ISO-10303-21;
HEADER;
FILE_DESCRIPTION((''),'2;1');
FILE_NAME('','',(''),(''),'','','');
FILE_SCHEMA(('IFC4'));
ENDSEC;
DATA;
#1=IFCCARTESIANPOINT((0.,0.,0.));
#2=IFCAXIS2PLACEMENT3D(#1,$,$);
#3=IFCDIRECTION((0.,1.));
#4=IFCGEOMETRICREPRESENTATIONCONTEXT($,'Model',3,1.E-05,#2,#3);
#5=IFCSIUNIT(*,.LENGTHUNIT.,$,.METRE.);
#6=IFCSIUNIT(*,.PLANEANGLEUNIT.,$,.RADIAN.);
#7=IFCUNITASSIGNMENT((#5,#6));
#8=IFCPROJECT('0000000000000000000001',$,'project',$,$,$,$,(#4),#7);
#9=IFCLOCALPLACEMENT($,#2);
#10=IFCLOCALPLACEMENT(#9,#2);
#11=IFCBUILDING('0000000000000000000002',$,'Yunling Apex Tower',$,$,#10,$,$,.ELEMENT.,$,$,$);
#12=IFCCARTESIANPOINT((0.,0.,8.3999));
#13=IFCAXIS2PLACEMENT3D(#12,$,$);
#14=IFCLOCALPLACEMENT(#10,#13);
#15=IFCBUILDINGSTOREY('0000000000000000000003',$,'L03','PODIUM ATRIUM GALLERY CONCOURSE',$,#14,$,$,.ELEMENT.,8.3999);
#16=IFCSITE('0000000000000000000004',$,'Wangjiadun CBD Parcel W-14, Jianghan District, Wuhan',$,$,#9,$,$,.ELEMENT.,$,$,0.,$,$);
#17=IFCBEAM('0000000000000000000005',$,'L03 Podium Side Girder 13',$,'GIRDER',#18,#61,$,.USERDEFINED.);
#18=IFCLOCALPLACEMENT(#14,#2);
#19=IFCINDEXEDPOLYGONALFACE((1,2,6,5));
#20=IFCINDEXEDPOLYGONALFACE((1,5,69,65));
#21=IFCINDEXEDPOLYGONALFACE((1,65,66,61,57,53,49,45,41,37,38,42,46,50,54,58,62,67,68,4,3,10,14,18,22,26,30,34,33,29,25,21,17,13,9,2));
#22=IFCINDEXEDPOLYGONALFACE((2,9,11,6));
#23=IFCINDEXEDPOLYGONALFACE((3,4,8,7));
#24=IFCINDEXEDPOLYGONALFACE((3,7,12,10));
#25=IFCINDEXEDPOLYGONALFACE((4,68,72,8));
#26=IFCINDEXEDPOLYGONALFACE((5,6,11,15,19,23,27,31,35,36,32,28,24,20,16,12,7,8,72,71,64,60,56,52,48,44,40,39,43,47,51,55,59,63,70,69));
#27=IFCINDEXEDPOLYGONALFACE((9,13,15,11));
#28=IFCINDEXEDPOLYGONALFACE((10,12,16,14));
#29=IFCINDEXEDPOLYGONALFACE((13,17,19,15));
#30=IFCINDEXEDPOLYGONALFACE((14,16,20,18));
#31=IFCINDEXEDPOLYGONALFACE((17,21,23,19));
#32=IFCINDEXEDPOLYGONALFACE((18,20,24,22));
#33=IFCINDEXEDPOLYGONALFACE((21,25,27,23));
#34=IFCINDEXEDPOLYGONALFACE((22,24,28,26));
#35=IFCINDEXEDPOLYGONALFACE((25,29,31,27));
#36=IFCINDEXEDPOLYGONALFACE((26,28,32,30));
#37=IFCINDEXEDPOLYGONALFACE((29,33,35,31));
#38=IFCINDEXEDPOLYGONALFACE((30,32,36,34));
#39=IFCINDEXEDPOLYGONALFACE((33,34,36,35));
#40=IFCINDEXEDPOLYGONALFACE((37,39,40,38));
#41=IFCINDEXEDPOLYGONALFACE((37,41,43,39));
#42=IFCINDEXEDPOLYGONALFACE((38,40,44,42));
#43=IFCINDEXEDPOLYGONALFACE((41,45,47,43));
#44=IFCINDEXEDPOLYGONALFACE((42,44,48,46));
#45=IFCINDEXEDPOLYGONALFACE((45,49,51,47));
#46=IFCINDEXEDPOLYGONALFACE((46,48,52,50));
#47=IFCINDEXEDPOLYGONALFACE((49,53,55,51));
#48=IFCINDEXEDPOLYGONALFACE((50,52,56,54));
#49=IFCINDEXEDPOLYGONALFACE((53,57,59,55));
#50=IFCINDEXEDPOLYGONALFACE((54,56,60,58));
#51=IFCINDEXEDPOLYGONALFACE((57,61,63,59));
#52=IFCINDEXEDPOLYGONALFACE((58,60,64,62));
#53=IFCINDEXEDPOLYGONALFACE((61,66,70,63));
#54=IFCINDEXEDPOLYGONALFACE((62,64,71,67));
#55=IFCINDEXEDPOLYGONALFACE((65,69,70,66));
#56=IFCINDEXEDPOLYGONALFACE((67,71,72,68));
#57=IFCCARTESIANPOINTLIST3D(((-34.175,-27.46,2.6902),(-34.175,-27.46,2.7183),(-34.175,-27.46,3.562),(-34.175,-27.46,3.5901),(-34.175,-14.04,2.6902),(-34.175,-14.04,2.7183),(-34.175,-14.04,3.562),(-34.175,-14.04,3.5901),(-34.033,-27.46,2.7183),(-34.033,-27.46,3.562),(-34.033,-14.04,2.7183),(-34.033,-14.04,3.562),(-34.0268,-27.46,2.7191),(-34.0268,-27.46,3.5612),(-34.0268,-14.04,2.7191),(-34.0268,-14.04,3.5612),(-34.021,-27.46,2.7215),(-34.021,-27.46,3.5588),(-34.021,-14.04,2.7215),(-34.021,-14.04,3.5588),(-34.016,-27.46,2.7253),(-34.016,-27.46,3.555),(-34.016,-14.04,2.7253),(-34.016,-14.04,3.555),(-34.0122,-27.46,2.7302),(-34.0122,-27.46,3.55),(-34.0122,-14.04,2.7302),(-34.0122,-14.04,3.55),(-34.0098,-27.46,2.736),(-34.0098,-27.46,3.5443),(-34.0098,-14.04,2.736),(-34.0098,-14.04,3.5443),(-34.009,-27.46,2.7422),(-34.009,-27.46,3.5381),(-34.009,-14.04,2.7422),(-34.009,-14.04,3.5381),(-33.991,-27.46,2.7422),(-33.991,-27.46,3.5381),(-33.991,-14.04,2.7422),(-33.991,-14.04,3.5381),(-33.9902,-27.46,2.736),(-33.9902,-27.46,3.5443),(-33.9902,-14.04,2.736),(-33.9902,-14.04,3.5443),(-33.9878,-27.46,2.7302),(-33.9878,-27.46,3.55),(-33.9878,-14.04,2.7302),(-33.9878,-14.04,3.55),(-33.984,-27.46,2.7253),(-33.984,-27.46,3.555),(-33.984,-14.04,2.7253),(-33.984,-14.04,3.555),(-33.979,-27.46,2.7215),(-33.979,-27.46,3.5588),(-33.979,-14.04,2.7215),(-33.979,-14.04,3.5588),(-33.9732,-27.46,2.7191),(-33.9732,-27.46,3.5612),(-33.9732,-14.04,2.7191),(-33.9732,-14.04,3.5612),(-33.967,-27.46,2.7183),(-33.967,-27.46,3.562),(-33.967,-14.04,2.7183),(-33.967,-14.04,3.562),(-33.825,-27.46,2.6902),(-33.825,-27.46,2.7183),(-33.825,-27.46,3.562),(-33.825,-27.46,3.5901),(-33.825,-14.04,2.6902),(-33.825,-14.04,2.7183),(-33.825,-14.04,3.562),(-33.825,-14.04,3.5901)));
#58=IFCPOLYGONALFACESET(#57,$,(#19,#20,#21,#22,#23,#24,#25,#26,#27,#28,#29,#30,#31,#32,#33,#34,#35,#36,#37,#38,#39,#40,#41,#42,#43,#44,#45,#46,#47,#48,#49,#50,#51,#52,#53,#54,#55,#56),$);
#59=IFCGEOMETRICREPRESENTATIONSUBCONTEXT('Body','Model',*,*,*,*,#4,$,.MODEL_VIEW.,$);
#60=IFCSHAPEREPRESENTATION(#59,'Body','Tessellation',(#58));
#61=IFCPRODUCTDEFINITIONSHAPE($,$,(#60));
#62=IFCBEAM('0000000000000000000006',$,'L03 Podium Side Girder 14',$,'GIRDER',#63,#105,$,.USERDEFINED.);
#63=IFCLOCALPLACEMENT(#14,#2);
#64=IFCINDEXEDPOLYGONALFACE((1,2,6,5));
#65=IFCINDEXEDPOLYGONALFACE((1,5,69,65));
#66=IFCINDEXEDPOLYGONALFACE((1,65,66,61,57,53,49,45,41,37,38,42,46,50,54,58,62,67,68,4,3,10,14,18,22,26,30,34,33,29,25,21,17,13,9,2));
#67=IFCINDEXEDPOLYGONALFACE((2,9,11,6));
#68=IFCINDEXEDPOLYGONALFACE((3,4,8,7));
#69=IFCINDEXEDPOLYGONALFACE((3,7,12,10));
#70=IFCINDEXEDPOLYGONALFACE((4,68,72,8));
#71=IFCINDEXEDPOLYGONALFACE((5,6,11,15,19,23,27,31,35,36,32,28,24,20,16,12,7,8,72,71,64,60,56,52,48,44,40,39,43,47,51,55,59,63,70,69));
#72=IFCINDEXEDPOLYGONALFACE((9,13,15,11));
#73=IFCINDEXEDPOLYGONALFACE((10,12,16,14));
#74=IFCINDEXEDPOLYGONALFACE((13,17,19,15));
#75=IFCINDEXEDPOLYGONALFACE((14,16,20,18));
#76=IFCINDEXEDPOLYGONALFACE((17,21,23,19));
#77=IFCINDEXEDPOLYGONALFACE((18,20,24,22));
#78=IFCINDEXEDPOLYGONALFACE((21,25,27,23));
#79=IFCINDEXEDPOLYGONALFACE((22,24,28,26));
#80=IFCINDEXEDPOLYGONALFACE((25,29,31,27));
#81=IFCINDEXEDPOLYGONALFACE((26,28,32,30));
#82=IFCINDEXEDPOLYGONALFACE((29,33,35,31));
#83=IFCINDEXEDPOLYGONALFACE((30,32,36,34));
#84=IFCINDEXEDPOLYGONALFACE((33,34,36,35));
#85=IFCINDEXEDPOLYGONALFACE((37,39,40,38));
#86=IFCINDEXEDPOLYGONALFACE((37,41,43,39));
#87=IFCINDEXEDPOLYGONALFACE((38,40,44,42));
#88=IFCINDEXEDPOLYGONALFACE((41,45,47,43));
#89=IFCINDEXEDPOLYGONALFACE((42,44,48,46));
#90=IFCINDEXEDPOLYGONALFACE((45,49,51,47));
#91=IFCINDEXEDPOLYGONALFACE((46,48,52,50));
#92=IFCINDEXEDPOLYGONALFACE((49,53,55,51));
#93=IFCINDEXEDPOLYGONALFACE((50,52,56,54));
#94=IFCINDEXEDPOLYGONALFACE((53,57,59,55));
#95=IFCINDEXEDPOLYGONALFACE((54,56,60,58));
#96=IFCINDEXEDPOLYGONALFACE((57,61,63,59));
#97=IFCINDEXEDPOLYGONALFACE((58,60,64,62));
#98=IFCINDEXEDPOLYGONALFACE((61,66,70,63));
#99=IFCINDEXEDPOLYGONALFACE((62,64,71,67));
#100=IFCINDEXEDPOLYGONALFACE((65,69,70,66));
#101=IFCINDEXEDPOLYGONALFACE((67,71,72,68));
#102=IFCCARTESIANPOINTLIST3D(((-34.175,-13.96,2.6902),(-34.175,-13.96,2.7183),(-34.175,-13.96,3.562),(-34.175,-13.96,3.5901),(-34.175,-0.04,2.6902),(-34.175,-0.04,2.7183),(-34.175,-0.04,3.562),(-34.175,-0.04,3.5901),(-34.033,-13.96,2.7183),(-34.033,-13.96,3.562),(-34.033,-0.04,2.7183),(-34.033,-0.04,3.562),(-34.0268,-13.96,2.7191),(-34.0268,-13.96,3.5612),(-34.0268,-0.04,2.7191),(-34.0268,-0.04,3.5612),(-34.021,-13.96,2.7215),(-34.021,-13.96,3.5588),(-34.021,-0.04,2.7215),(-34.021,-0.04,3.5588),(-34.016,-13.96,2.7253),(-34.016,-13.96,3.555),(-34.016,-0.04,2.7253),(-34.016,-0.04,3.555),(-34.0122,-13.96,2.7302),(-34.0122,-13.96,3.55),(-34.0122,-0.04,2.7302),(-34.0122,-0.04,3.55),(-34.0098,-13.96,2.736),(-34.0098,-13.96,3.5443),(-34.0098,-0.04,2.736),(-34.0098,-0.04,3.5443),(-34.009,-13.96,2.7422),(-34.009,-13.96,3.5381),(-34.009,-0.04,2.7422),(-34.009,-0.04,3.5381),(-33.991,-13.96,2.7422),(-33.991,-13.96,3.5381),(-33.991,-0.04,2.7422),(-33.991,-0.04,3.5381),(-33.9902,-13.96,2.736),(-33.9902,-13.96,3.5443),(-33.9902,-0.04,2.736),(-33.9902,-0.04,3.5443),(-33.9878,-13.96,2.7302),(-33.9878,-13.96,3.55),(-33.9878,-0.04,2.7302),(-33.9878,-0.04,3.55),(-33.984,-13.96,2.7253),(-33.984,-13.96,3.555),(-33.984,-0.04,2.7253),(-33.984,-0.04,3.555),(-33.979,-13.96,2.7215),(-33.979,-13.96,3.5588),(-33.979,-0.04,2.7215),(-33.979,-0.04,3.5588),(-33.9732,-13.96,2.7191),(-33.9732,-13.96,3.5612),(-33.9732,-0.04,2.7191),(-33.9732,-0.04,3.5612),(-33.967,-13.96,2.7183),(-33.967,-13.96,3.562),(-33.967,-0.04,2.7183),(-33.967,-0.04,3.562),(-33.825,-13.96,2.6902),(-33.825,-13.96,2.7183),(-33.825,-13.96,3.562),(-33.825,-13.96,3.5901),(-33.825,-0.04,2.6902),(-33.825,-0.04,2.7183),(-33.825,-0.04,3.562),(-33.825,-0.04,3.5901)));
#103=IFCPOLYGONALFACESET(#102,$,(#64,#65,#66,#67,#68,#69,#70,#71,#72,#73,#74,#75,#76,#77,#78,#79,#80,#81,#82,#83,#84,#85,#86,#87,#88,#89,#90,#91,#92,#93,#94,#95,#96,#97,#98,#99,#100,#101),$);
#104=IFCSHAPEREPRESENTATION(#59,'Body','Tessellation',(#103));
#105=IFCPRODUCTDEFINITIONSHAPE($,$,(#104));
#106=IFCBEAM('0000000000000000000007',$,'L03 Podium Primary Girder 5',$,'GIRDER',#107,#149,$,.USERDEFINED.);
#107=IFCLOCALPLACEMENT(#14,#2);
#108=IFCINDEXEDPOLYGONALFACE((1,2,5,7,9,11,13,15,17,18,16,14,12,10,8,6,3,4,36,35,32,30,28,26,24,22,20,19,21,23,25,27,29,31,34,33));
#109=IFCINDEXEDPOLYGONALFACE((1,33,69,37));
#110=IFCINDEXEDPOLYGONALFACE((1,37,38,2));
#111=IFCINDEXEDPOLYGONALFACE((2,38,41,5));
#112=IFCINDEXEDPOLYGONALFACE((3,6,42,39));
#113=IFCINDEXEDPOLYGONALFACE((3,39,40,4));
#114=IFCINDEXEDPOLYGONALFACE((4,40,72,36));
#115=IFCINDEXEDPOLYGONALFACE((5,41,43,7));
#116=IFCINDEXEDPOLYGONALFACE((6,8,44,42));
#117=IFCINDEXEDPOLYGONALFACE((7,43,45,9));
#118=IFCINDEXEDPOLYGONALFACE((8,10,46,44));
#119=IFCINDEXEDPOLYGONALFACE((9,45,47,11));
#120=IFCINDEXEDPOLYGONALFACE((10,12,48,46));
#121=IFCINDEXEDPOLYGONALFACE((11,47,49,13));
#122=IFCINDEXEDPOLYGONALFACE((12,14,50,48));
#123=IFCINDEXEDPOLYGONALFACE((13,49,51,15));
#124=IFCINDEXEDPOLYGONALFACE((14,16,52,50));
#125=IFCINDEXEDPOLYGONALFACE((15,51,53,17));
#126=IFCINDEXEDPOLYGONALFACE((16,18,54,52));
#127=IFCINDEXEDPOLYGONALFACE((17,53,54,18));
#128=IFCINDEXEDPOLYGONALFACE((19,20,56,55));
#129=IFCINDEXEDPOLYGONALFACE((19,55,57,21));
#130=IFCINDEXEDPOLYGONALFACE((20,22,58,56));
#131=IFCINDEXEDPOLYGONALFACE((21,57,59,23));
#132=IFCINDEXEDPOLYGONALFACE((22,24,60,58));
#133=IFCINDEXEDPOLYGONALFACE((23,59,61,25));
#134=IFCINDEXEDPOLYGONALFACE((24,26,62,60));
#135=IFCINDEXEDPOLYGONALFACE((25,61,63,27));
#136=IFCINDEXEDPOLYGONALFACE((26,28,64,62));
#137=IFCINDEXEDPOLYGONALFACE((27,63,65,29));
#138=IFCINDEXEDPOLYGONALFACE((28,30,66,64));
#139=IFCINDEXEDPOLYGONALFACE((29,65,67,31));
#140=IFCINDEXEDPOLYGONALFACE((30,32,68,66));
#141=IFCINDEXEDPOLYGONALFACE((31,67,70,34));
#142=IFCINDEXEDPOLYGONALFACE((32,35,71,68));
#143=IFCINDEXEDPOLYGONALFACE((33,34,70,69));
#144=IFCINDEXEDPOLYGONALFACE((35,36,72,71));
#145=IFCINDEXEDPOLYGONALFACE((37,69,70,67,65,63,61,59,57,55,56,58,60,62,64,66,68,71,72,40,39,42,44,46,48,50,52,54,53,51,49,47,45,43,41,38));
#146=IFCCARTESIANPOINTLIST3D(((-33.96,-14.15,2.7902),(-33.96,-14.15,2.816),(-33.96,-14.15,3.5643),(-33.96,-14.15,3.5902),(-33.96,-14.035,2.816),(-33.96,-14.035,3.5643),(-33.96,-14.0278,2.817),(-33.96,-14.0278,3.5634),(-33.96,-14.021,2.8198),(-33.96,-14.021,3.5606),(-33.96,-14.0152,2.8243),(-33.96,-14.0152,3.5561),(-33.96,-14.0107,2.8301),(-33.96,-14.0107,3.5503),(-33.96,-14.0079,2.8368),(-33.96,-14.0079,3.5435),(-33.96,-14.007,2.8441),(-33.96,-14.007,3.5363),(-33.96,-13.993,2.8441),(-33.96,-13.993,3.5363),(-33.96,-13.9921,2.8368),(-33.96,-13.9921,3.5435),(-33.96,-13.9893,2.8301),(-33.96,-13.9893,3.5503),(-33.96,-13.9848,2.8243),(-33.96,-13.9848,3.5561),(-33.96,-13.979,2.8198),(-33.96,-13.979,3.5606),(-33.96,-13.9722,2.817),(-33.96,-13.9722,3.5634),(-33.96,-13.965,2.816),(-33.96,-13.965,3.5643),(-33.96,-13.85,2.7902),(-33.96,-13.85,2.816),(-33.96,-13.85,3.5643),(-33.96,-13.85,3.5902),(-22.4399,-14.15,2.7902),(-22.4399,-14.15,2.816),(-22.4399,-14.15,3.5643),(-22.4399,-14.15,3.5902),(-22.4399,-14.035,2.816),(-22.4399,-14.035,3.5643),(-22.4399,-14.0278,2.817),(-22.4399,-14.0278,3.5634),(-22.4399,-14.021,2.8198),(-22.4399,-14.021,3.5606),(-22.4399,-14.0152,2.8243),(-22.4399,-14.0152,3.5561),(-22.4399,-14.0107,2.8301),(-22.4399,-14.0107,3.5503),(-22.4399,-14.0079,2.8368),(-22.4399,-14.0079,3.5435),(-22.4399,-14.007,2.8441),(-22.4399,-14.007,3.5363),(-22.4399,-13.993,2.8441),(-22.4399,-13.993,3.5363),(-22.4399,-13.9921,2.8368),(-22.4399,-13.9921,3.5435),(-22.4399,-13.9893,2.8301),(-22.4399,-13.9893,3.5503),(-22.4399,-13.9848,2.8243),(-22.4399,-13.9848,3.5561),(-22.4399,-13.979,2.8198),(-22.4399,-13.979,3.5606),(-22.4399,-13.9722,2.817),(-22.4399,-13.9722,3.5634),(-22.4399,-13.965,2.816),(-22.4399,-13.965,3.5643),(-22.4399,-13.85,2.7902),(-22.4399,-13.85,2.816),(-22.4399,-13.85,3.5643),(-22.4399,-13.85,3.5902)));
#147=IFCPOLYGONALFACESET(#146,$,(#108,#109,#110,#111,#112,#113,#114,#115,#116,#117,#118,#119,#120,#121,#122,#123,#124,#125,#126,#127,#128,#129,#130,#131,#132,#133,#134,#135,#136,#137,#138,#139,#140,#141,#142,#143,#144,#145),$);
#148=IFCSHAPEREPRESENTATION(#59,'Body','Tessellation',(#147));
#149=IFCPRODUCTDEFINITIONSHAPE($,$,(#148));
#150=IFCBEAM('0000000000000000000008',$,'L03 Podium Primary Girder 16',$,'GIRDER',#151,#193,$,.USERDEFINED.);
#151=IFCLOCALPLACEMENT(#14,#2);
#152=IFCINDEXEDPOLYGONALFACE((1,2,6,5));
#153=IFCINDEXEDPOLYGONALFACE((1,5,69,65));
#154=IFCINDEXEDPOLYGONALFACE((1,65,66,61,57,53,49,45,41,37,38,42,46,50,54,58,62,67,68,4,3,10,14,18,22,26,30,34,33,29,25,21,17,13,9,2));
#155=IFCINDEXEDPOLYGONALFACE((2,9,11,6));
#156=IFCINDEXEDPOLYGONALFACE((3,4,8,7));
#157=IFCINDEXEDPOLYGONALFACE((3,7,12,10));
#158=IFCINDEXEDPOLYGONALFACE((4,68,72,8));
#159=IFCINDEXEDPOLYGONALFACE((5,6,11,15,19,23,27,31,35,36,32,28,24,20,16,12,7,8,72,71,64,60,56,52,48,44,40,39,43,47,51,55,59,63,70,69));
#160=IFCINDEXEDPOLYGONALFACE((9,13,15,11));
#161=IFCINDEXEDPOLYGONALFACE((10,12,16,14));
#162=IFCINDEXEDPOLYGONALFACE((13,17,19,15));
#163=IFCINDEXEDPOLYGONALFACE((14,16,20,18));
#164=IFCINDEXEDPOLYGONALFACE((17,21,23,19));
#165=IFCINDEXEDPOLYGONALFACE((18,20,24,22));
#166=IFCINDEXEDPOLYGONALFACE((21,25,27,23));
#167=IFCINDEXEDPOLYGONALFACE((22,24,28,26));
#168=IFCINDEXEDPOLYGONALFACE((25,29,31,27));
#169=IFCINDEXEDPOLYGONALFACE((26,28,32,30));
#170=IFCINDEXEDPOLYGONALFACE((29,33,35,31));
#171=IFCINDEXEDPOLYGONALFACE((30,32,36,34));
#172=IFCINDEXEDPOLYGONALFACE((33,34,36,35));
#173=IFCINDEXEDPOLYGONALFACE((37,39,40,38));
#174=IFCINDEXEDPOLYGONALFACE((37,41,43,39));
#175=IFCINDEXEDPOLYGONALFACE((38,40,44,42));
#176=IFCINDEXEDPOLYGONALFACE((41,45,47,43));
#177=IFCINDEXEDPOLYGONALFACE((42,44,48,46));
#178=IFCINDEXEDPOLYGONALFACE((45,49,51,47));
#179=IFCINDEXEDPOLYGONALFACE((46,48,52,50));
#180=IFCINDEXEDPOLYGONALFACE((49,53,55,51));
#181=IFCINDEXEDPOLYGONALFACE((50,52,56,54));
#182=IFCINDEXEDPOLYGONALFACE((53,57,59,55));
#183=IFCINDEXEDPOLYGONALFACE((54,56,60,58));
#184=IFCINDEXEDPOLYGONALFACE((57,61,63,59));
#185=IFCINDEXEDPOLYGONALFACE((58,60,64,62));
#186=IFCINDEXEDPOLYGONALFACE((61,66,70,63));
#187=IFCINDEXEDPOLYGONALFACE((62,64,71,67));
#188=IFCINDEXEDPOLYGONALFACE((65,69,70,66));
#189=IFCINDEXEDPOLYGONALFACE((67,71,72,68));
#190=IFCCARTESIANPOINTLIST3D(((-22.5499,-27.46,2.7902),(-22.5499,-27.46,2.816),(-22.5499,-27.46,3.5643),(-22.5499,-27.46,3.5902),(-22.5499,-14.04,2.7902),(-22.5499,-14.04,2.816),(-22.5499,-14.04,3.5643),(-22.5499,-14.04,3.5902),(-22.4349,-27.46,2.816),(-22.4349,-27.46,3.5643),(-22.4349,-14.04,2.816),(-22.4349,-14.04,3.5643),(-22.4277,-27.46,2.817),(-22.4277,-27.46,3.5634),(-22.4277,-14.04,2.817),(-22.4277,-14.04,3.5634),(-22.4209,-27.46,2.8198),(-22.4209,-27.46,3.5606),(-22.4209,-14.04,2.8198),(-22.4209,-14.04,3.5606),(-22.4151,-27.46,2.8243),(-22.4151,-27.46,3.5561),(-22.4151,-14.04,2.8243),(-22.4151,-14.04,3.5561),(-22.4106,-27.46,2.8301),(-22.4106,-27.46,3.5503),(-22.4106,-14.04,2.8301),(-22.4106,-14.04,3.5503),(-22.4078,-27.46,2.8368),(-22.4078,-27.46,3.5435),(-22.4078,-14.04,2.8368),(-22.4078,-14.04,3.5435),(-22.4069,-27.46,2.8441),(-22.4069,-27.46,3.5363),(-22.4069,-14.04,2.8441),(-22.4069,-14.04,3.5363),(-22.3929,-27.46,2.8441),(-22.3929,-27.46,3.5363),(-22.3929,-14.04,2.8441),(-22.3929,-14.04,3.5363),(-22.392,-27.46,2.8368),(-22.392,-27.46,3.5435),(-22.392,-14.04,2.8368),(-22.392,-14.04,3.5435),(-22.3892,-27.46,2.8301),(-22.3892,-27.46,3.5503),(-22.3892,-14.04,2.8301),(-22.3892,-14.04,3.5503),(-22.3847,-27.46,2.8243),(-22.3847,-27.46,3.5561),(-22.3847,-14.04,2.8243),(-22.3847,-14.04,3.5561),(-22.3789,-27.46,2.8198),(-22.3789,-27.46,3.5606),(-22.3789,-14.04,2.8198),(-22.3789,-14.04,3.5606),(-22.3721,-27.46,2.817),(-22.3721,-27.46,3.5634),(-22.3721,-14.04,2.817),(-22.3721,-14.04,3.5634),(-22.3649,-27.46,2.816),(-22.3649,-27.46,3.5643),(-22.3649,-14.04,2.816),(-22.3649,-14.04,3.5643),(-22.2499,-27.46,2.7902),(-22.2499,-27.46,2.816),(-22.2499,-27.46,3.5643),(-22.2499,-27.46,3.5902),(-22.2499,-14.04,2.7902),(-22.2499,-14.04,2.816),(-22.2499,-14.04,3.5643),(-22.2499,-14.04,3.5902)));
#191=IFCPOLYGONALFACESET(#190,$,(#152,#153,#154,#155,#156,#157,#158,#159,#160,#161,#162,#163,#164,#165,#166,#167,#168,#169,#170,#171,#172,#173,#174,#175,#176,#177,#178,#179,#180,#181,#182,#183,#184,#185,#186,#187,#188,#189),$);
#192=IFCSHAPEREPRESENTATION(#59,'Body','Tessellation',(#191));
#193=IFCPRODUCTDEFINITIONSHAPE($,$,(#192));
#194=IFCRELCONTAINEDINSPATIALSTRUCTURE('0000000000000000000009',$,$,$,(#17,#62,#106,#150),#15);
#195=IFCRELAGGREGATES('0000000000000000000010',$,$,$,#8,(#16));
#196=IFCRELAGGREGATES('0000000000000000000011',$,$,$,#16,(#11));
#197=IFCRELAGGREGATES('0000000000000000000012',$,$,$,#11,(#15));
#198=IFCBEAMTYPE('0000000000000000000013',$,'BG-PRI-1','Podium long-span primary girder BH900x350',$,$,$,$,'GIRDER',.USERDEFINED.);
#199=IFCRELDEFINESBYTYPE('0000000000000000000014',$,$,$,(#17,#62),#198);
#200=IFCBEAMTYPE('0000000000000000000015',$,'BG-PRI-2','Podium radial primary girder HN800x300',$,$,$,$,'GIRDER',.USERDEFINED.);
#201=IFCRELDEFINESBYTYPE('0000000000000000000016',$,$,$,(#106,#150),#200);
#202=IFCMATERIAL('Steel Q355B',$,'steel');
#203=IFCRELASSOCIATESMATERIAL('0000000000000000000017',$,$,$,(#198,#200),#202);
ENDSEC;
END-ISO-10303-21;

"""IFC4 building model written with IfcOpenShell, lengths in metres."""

from ifc_helpers import new_model, si_unit, direction, frame, origin, origin_2d, place, context, subcontext, project, spatial, i_section, extrude, source, transform, mapped, material, material_profile, profile_set, type_object, element, save


model = new_model("IFC4")

# Units and contexts
model_context = context("Model", 3, precision=1e-05, world=origin(), true_north=direction((0.0, 1.0)))
body_context = subcontext(model_context, "Body", "Model", "MODEL_VIEW")
ifc_project = project(units=[si_unit("LENGTHUNIT", "METRE"), si_unit("PLANEANGLEUNIT", "RADIAN")], contexts=[model_context])

# Site, building, storey
site_placement = place(None, origin())
site = spatial("IfcSite", under=ifc_project, at=site_placement, Name="Wangjiadun CBD Parcel W-14, Jianghan District, Wuhan", CompositionType="ELEMENT", RefElevation=0.0)
building_placement = place(site_placement, origin())
building = spatial("IfcBuilding", under=site, at=building_placement, Name="Yunling Apex Tower", CompositionType="ELEMENT")
storey_placement = place(building_placement, frame((0.0, 0.0, 8.3999)))
storey = spatial("IfcBuildingStorey", under=building, at=storey_placement, Name="L03", Description="PODIUM ATRIUM GALLERY CONCOURSE", CompositionType="ELEMENT", Elevation=8.3999)

# Beams
ifc_material_1 = material(Name="Steel Q355B", Category="steel")
ifc_material_profile_1 = material_profile(ifc_material_1, i_section(OverallWidth=0.3501, OverallDepth=0.8999, WebThickness=0.0181, FlangeThickness=0.0281, FilletRadius=0.0239, at=origin_2d()))
ifc_profile_set_1 = profile_set([ifc_material_profile_1], Name="Steel Q355B")
beam_type_1 = type_object("IfcBeamType", Name="BG-PRI-1", Description="Podium long-span primary girder BH900x350", ElementType="GIRDER", PredefinedType="USERDEFINED", material=ifc_profile_set_1)
shared_shape_1 = source(origin(), body_context, "Body", "SweptSolid", [
    extrude(i_section(OverallWidth=0.3501, OverallDepth=0.8999, WebThickness=0.0181, FlangeThickness=0.0281, FilletRadius=0.0239, at=origin_2d()), origin(), (0.0, 0.0, 1.0), 13.4199),
])
beam_1_placement = place(storey_placement, frame((-34.0, -27.46, 3.1401), z_axis=(0.0, 1.0, 0.0), x_axis=(-1.0, 0.0, 0.0)))
element("IfcBeam", 1, at=beam_1_placement, inside=storey, type_object=beam_type_1, Name="L03 Podium Side Girder 13", ObjectType="GIRDER", PredefinedType="USERDEFINED", context=body_context, shape_type="MappedRepresentation", body=[
    mapped(shared_shape_1, transform((0.0, 0.0, 0.0), scale=1.0)),
])
shared_shape_2 = source(origin(), body_context, "Body", "SweptSolid", [
    extrude(i_section(OverallWidth=0.3501, OverallDepth=0.8999, WebThickness=0.0181, FlangeThickness=0.0281, FilletRadius=0.0239, at=origin_2d()), origin(), (0.0, 0.0, 1.0), 13.9199),
])
beam_2_placement = place(storey_placement, frame((-34.0, -13.96, 3.1401), z_axis=(0.0, 1.0, 0.0), x_axis=(-1.0, 0.0, 0.0)))
element("IfcBeam", 2, at=beam_2_placement, inside=storey, type_object=beam_type_1, Name="L03 Podium Side Girder 14", ObjectType="GIRDER", PredefinedType="USERDEFINED", context=body_context, shape_type="MappedRepresentation", body=[
    mapped(shared_shape_2, transform((0.0, 0.0, 0.0), scale=1.0)),
])
ifc_material_profile_2 = material_profile(ifc_material_1, i_section(OverallWidth=0.3, OverallDepth=0.8, WebThickness=0.0139, FlangeThickness=0.0259, FilletRadius=0.0281, at=origin_2d()))
ifc_profile_set_2 = profile_set([ifc_material_profile_2], Name="Steel Q355B")
beam_type_2 = type_object("IfcBeamType", Name="BG-PRI-2", Description="Podium radial primary girder HN800x300", ElementType="GIRDER", PredefinedType="USERDEFINED", material=ifc_profile_set_2)
shared_shape_3 = source(origin(), body_context, "Body", "SweptSolid", [
    extrude(i_section(OverallWidth=0.3, OverallDepth=0.8, WebThickness=0.0139, FlangeThickness=0.0259, FilletRadius=0.0281, at=origin_2d()), origin(), (0.0, 0.0, 1.0), 11.52),
])
beam_3_placement = place(storey_placement, frame((-33.96, -14.0, 3.1902), z_axis=(1.0, 0.0, 0.0), x_axis=(0.0, 1.0, 0.0)))
element("IfcBeam", 3, at=beam_3_placement, inside=storey, type_object=beam_type_2, Name="L03 Podium Primary Girder 5", ObjectType="GIRDER", PredefinedType="USERDEFINED", context=body_context, shape_type="MappedRepresentation", body=[
    mapped(shared_shape_3, transform((0.0, 0.0, 0.0), scale=1.0)),
])
shared_shape_4 = source(origin(), body_context, "Body", "SweptSolid", [
    extrude(i_section(OverallWidth=0.3, OverallDepth=0.8, WebThickness=0.0139, FlangeThickness=0.0259, FilletRadius=0.0281, at=origin_2d()), origin(), (0.0, 0.0, 1.0), 13.4199),
])
beam_4_placement = place(storey_placement, frame((-22.3999, -14.04, 3.1902), z_axis=(0.0, -1.0, 0.0), x_axis=(1.0, 0.0, 0.0)))
element("IfcBeam", 4, at=beam_4_placement, inside=storey, type_object=beam_type_2, Name="L03 Podium Primary Girder 16", ObjectType="GIRDER", PredefinedType="USERDEFINED", context=body_context, shape_type="MappedRepresentation", body=[
    mapped(shared_shape_4, transform((0.0, 0.0, 0.0), scale=1.0)),
])

save(model, "model.ifc")
